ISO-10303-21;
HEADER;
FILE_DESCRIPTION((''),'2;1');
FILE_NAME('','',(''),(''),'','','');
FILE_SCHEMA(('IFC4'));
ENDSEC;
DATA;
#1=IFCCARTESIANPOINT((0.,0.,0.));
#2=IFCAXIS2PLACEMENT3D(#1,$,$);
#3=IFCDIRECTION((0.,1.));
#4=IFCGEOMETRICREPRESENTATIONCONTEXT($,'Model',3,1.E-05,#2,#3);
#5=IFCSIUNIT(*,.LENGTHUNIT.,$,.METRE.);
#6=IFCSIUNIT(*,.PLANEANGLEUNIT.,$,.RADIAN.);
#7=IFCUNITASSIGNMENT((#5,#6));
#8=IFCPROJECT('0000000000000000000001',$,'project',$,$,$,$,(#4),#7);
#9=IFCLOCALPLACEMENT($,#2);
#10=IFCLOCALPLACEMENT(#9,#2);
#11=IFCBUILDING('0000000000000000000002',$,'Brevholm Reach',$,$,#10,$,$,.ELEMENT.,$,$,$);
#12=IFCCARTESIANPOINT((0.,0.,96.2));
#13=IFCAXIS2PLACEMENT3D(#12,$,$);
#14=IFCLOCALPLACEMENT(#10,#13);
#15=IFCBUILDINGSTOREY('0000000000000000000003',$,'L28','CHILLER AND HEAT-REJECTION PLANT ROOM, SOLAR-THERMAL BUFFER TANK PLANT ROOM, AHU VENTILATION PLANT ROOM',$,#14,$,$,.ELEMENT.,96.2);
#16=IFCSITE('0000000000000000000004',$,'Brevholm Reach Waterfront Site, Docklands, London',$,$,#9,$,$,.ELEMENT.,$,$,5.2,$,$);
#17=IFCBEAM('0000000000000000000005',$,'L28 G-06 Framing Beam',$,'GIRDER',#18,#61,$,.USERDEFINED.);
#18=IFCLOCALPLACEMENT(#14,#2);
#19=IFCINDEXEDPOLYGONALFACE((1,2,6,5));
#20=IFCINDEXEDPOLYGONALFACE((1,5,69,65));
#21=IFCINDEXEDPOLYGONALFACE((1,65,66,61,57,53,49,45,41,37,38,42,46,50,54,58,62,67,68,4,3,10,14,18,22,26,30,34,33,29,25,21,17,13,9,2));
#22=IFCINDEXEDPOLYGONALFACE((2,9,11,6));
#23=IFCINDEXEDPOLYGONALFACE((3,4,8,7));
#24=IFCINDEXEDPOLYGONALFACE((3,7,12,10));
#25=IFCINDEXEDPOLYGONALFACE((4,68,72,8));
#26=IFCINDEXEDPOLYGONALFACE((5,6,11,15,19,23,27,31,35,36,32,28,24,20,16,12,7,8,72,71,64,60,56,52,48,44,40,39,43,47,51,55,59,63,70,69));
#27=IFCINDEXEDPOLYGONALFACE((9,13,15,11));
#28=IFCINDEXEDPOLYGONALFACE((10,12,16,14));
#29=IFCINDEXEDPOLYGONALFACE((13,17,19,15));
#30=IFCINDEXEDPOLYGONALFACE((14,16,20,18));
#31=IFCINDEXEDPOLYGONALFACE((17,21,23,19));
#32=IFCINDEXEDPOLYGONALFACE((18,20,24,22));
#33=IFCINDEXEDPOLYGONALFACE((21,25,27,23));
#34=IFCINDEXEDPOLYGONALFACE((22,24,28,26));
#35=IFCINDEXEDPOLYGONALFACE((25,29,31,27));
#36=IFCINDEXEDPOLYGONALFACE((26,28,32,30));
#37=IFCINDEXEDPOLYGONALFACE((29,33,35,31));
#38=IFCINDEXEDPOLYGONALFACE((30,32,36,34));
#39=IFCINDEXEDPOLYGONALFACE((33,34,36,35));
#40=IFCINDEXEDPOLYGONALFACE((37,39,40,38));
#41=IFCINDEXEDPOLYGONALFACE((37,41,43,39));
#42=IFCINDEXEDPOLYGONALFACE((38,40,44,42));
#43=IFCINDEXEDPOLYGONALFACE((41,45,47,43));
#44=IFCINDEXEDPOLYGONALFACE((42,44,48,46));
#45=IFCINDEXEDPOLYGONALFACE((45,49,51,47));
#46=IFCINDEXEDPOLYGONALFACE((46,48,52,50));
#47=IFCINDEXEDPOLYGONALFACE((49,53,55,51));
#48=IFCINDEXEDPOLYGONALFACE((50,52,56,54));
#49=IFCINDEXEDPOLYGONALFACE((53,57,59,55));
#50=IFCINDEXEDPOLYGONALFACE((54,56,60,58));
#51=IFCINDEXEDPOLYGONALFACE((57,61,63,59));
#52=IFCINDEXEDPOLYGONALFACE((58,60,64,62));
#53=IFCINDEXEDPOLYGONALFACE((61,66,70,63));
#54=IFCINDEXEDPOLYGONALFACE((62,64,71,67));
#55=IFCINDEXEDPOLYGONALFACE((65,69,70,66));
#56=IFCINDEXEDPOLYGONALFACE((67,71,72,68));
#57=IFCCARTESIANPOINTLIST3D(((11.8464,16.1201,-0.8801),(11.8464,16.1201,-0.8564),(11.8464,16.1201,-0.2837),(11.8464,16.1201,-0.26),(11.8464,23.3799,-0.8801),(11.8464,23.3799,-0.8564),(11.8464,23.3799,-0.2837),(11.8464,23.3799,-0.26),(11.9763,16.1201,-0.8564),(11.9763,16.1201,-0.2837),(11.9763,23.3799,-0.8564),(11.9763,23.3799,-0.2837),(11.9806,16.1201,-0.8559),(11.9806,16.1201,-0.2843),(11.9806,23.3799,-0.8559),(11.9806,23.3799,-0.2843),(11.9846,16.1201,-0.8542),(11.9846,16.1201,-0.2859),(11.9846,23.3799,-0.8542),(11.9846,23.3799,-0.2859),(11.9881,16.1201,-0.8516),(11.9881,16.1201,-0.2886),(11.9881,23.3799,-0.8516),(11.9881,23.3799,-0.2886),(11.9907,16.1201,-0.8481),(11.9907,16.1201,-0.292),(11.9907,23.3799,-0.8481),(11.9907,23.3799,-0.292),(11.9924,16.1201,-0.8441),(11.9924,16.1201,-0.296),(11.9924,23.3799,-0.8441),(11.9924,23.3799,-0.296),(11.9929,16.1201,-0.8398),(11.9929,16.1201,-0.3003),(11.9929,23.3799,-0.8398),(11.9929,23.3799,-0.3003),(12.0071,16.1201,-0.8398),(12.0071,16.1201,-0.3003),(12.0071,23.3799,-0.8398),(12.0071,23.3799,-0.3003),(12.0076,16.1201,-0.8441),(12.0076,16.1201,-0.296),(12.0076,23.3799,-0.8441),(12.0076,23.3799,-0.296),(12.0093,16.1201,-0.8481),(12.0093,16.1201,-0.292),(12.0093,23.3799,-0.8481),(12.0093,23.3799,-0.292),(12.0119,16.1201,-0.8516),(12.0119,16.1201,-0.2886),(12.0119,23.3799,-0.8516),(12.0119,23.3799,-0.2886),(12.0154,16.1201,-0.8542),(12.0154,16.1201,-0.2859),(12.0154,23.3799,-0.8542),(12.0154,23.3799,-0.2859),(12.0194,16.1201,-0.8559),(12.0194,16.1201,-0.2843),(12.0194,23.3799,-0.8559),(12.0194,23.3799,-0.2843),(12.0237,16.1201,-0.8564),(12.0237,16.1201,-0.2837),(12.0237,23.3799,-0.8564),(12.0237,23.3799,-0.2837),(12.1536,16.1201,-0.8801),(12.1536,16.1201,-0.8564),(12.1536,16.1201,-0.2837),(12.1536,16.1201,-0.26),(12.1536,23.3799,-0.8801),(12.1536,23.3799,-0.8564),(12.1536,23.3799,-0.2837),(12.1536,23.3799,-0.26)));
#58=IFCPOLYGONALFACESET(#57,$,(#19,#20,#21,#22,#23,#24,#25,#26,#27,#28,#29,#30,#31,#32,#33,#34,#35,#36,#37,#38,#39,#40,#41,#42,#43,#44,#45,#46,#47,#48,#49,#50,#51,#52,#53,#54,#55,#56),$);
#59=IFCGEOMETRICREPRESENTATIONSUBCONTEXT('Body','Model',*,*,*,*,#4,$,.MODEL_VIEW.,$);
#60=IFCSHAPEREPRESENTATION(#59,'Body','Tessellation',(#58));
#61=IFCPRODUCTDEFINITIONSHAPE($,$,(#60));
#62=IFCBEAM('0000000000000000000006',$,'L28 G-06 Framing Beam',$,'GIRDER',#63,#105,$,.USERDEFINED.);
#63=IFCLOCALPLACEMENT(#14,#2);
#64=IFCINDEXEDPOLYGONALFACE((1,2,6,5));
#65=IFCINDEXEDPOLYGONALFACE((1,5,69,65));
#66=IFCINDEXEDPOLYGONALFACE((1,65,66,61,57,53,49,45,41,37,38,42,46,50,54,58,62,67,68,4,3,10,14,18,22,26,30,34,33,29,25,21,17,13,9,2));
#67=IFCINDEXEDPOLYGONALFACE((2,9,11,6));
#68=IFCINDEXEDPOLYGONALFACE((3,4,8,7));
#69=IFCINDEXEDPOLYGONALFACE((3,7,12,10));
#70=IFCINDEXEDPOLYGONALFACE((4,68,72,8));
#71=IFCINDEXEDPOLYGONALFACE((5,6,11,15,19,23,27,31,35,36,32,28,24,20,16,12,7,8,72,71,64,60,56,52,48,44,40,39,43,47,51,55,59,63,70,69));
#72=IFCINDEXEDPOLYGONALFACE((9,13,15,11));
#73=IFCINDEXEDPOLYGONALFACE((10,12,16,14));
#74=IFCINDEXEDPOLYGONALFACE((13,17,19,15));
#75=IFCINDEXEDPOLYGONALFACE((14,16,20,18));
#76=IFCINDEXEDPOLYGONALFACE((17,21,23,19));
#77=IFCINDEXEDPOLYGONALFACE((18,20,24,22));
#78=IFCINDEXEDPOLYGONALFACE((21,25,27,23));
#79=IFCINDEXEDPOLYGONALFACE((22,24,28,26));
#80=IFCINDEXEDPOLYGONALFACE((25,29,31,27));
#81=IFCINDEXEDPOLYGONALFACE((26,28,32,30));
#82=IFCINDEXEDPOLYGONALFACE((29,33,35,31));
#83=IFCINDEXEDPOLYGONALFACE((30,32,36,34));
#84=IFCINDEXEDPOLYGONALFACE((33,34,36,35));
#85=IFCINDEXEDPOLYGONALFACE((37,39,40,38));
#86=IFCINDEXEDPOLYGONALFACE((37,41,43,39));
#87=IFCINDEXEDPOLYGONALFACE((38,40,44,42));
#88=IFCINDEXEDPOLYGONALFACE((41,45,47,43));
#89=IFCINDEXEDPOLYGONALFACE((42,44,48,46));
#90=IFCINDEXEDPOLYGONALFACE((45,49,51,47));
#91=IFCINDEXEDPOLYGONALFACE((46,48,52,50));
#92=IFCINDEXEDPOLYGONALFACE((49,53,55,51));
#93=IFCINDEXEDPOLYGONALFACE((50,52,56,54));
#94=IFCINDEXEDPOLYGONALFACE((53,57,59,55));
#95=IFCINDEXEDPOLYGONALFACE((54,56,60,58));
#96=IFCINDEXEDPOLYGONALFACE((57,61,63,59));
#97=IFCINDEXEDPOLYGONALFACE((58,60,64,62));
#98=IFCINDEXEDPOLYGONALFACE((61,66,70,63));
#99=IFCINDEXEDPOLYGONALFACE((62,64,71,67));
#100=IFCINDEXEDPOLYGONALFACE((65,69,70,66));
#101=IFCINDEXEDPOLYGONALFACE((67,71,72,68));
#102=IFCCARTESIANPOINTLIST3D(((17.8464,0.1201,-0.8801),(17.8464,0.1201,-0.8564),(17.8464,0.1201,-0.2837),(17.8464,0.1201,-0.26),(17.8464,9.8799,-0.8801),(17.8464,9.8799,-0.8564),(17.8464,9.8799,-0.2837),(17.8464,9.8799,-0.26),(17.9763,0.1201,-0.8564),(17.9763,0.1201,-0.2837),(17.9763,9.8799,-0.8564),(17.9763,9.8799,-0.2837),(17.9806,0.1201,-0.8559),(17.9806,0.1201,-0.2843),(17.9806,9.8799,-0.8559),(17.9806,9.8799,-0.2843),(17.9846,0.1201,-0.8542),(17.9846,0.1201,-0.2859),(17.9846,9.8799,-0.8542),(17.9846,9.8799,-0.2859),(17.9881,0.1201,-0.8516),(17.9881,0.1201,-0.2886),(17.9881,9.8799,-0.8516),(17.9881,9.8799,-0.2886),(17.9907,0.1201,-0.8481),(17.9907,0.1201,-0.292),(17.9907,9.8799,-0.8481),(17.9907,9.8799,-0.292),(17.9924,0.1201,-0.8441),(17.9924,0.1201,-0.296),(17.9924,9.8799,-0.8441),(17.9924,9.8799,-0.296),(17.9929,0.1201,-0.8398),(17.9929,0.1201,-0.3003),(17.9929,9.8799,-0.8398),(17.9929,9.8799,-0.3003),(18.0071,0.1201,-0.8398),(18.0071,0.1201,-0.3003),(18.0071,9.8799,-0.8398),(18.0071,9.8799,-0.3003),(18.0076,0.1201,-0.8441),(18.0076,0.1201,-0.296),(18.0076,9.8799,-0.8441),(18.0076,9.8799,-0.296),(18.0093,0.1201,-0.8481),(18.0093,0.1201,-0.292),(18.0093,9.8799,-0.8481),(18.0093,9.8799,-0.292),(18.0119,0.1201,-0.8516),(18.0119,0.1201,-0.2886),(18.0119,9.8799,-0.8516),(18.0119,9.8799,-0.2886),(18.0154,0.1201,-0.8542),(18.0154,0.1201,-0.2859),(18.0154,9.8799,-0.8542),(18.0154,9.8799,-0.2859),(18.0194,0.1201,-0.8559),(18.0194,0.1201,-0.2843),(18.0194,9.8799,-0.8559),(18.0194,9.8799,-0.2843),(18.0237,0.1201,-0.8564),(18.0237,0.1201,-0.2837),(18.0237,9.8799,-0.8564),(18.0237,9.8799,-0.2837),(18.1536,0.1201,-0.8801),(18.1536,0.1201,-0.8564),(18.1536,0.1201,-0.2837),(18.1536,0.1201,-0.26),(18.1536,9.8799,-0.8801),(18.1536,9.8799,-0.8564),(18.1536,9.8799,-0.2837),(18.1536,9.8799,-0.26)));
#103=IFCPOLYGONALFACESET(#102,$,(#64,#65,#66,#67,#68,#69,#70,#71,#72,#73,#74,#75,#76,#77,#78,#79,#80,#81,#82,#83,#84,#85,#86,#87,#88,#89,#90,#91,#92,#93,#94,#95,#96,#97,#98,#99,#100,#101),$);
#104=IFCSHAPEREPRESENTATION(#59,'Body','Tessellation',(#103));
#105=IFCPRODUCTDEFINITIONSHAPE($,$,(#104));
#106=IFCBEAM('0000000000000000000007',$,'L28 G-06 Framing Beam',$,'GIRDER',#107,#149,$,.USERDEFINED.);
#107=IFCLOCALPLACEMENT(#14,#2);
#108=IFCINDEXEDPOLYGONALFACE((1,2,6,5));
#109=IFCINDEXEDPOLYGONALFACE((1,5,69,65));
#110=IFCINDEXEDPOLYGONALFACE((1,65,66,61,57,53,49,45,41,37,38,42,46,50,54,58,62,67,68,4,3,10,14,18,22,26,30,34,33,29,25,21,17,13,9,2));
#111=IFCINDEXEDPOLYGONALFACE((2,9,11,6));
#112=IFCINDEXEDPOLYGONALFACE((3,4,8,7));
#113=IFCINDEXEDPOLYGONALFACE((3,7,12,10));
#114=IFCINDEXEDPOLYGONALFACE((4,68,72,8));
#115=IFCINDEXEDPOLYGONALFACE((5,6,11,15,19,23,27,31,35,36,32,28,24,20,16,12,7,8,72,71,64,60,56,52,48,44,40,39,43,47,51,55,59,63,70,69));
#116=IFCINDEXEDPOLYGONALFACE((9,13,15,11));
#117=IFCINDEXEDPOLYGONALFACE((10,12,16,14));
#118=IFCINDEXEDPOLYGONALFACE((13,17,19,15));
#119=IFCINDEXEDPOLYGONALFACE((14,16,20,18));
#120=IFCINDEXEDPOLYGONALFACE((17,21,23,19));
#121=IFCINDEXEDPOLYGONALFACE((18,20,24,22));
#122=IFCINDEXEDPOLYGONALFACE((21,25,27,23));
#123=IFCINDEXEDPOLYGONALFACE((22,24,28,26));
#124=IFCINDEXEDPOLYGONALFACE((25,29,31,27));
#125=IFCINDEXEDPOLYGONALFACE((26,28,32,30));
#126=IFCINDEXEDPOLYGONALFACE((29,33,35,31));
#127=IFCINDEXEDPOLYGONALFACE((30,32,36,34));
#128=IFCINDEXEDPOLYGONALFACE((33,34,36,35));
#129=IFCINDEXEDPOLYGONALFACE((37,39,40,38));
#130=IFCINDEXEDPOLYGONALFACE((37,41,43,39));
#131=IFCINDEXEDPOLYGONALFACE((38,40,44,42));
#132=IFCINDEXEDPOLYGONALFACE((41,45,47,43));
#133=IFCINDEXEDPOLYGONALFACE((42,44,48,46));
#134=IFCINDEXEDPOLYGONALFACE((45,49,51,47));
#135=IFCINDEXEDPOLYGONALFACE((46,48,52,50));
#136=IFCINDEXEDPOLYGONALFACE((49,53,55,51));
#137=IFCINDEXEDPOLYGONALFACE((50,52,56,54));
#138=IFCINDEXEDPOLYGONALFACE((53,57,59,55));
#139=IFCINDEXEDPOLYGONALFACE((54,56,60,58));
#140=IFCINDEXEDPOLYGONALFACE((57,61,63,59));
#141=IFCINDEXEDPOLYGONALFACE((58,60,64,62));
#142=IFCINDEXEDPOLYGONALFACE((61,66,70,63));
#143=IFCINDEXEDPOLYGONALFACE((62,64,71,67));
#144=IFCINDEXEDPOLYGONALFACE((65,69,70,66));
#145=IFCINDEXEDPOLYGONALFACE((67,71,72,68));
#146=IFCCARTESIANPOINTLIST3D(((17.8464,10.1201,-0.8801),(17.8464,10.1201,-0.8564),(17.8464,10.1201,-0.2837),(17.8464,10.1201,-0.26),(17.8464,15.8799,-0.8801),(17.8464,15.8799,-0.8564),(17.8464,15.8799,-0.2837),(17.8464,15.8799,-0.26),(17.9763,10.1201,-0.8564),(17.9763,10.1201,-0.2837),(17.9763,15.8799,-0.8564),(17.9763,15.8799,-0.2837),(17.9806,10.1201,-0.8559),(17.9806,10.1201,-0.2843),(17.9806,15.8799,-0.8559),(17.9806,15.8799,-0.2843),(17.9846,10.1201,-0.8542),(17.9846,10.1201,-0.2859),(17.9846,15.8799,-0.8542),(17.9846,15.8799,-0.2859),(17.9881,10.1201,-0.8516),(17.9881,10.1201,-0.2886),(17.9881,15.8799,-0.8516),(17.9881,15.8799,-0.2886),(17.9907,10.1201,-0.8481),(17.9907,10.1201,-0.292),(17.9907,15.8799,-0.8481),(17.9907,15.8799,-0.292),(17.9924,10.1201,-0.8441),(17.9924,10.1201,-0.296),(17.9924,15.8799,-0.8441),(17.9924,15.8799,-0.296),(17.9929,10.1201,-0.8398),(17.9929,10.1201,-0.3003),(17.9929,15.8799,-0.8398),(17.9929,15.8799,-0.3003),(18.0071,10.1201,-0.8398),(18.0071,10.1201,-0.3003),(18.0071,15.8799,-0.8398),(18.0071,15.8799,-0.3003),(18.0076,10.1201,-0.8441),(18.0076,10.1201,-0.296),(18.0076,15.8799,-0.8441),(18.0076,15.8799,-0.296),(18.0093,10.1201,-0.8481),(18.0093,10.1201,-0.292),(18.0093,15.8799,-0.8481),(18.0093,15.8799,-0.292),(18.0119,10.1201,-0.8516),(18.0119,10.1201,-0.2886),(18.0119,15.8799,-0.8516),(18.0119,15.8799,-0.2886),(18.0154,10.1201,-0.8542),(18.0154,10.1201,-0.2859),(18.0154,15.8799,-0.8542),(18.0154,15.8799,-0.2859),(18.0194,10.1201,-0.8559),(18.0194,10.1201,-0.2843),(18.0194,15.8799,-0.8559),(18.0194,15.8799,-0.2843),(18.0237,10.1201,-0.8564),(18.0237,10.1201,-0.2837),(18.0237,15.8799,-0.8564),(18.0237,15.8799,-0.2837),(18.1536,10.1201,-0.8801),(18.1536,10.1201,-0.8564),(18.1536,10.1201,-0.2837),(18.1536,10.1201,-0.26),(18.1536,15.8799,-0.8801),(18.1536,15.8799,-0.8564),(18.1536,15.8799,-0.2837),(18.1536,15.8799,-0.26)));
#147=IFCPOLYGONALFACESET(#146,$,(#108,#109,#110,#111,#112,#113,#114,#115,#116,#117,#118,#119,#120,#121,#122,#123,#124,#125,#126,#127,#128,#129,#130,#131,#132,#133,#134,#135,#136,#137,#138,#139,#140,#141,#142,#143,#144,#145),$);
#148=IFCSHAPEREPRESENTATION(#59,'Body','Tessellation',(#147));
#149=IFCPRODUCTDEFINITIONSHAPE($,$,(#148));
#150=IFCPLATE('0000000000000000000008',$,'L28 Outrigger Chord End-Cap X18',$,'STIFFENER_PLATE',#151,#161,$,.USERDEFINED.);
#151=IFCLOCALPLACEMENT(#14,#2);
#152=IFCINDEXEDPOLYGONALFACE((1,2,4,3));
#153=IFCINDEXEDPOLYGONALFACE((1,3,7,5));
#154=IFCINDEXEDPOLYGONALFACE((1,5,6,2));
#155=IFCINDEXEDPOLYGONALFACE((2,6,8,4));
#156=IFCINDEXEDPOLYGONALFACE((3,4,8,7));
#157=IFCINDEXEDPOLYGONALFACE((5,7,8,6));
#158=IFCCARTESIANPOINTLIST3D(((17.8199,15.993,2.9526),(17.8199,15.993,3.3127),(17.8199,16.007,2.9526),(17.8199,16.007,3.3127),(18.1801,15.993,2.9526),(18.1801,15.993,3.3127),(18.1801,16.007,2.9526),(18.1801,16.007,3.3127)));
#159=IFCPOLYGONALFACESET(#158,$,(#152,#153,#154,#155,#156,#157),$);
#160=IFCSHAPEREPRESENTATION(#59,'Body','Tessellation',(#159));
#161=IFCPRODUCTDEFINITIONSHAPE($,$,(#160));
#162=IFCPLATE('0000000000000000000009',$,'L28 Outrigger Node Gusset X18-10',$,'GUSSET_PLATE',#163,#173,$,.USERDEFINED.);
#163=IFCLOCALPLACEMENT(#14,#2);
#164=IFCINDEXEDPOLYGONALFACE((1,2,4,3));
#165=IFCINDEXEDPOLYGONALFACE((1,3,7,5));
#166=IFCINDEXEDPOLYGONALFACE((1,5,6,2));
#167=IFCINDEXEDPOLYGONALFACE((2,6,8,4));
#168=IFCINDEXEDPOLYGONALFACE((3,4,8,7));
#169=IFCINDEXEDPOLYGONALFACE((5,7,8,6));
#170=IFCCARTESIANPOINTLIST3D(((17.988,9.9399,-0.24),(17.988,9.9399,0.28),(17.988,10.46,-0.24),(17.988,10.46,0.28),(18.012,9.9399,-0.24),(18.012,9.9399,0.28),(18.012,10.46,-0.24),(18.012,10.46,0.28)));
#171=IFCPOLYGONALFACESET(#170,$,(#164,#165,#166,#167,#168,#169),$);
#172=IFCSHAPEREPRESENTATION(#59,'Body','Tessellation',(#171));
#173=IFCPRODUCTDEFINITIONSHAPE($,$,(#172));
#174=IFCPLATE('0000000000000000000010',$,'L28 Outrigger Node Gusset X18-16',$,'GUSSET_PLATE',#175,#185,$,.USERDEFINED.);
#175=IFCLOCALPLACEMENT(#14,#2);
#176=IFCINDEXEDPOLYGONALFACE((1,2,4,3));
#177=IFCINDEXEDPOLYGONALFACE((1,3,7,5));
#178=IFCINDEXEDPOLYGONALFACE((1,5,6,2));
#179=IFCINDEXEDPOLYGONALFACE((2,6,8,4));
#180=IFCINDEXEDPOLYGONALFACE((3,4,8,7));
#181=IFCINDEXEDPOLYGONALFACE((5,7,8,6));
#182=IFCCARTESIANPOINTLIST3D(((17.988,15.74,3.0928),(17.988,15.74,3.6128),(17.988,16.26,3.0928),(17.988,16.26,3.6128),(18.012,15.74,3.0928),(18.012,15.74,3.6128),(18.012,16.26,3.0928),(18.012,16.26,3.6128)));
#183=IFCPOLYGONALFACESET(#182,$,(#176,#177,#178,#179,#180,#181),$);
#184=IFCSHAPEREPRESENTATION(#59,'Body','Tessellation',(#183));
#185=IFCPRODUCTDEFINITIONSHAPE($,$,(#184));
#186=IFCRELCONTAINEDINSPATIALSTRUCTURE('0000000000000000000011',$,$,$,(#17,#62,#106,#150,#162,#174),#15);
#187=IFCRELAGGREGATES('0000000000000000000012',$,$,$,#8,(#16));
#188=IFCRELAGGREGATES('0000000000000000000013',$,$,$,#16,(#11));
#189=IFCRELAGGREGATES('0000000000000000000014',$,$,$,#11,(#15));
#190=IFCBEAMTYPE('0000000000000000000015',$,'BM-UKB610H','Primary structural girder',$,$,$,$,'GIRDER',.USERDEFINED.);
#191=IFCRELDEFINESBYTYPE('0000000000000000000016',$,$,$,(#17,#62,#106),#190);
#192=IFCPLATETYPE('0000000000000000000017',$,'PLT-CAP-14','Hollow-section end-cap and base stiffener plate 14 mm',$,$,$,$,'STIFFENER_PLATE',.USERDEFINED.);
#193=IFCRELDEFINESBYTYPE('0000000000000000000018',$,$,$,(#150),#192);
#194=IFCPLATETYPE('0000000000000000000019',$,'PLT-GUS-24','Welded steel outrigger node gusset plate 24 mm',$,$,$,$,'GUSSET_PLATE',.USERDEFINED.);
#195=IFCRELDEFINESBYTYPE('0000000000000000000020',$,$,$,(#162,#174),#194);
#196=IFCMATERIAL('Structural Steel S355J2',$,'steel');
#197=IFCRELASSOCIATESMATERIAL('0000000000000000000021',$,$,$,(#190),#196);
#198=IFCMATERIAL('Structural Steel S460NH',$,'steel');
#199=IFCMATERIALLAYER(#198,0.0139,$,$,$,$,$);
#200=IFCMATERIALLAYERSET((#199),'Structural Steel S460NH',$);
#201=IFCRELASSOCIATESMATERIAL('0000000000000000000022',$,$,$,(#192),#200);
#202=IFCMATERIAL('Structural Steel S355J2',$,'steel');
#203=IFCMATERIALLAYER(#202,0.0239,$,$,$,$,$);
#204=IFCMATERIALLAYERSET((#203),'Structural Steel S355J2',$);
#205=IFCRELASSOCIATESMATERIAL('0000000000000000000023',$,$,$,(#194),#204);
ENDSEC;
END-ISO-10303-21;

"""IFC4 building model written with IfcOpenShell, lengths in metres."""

from ifc_helpers import new_model, si_unit, direction, frame, origin, origin_2d, place, context, subcontext, project, spatial, rectangle, i_section, extrude, material, layer, layer_set, material_profile, profile_set, type_object, element, save


model = new_model("IFC4")

# Units and contexts
model_context = context("Model", 3, precision=1e-05, world=origin(), true_north=direction((0.0, 1.0)))
body_context = subcontext(model_context, "Body", "Model", "MODEL_VIEW")
ifc_project = project(units=[si_unit("LENGTHUNIT", "METRE"), si_unit("PLANEANGLEUNIT", "RADIAN")], contexts=[model_context])

# Site, building, storey
site_placement = place(None, origin())
site = spatial("IfcSite", under=ifc_project, at=site_placement, Name="Brevholm Reach Waterfront Site, Docklands, London", CompositionType="ELEMENT", RefElevation=5.2)
building_placement = place(site_placement, origin())
building = spatial("IfcBuilding", under=site, at=building_placement, Name="Brevholm Reach", CompositionType="ELEMENT")
storey_placement = place(building_placement, frame((0.0, 0.0, 96.2)))
storey = spatial("IfcBuildingStorey", under=building, at=storey_placement, Name="L28", Description="CHILLER AND HEAT-REJECTION PLANT ROOM, SOLAR-THERMAL BUFFER TANK PLANT ROOM, AHU VENTILATION PLANT ROOM", CompositionType="ELEMENT", Elevation=96.2)

# Beams
ifc_material_1 = material(Name="Structural Steel S355J2", Category="steel")
ifc_material_profile_1 = material_profile(ifc_material_1, i_section(OverallWidth=0.3071, OverallDepth=0.6201, WebThickness=0.0142, FlangeThickness=0.0237, FilletRadius=0.0166, at=origin_2d()), Name="UKB 610x305x179")
ifc_profile_set_1 = profile_set([ifc_material_profile_1], Name="Structural Steel S355J2")
beam_type_1 = type_object("IfcBeamType", Name="BM-UKB610H", Description="Primary structural girder", ElementType="GIRDER", PredefinedType="USERDEFINED", material=ifc_profile_set_1)
beam_1_placement = place(storey_placement, frame((12.0, 16.1201, -0.5701), z_axis=(0.0, 1.0, 0.0), x_axis=(-1.0, 0.0, 0.0)))
element("IfcBeam", 1, at=beam_1_placement, inside=storey, type_object=beam_type_1, Name="L28 G-06 Framing Beam", ObjectType="GIRDER", PredefinedType="USERDEFINED", context=body_context, shape_type="SweptSolid", body=[
    extrude(i_section(OverallWidth=0.3071, OverallDepth=0.6201, WebThickness=0.0142, FlangeThickness=0.0237, FilletRadius=0.0166, at=origin_2d()), origin(), (0.0, 0.0, 1.0), 7.2598),
])
beam_2_placement = place(storey_placement, frame((18.0, 0.1201, -0.5701), z_axis=(0.0, 1.0, 0.0), x_axis=(-1.0, 0.0, 0.0)))
element("IfcBeam", 2, at=beam_2_placement, inside=storey, type_object=beam_type_1, Name="L28 G-06 Framing Beam", ObjectType="GIRDER", PredefinedType="USERDEFINED", context=body_context, shape_type="SweptSolid", body=[
    extrude(i_section(OverallWidth=0.3071, OverallDepth=0.6201, WebThickness=0.0142, FlangeThickness=0.0237, FilletRadius=0.0166, at=origin_2d()), origin(), (0.0, 0.0, 1.0), 9.7598),
])
beam_3_placement = place(storey_placement, frame((18.0, 10.1201, -0.5701), z_axis=(0.0, 1.0, 0.0), x_axis=(-1.0, 0.0, 0.0)))
element("IfcBeam", 3, at=beam_3_placement, inside=storey, type_object=beam_type_1, Name="L28 G-06 Framing Beam", ObjectType="GIRDER", PredefinedType="USERDEFINED", context=body_context, shape_type="SweptSolid", body=[
    extrude(i_section(OverallWidth=0.3071, OverallDepth=0.6201, WebThickness=0.0142, FlangeThickness=0.0237, FilletRadius=0.0166, at=origin_2d()), origin(), (0.0, 0.0, 1.0), 5.7598),
])

# Plates
ifc_material_2 = material(Name="Structural Steel S460NH", Category="steel")
ifc_layer_1 = layer(ifc_material_2, 0.0139)
ifc_layer_set_1 = layer_set([ifc_layer_1], Name="Structural Steel S460NH")
plate_type_1 = type_object("IfcPlateType", Name="PLT-CAP-14", Description="Hollow-section end-cap and base stiffener plate 14 mm", ElementType="STIFFENER_PLATE", PredefinedType="USERDEFINED", material=ifc_layer_set_1)
plate_placement = place(storey_placement, frame((18.0, 16.0, 2.9526), z_axis=(0.0, 0.0, 1.0), x_axis=(1.0, 0.0, 0.0)))
element("IfcPlate", 4, at=plate_placement, inside=storey, type_object=plate_type_1, Name="L28 Outrigger Chord End-Cap X18", ObjectType="STIFFENER_PLATE", PredefinedType="USERDEFINED", context=body_context, shape_type="SweptSolid", body=[
    extrude(rectangle(XDim=0.3601, YDim=0.0139, at=origin_2d()), origin(), (0.0, 0.0, 1.0), 0.3601),
])
ifc_material_3 = material(Name="Structural Steel S355J2", Category="steel")
ifc_layer_2 = layer(ifc_material_3, 0.0239)
ifc_layer_set_2 = layer_set([ifc_layer_2], Name="Structural Steel S355J2")
plate_type_2 = type_object("IfcPlateType", Name="PLT-GUS-24", Description="Welded steel outrigger node gusset plate 24 mm", ElementType="GUSSET_PLATE", PredefinedType="USERDEFINED", material=ifc_layer_set_2)
for number, where, z_axis, x_axis, name in (
    (5, (18.0, 10.2, -0.24), (0.0, 0.0, 1.0), (1.0, 0.0, 0.0), "L28 Outrigger Node Gusset X18-10"),
    (6, (18.0, 16.0, 3.0928), (0.0, 0.0, 1.0), (1.0, 0.0, 0.0), "L28 Outrigger Node Gusset X18-16"),
):
    element("IfcPlate", number, at=place(storey_placement, frame(where, z_axis=z_axis, x_axis=x_axis)), inside=storey, type_object=plate_type_2, Name=name, ObjectType="GUSSET_PLATE", PredefinedType="USERDEFINED", context=body_context, shape_type="SweptSolid", body=[
        extrude(rectangle(XDim=0.0239, YDim=0.52, at=origin_2d()), origin(), (0.0, 0.0, 1.0), 0.52),
    ])

save(model, "model.ifc")
